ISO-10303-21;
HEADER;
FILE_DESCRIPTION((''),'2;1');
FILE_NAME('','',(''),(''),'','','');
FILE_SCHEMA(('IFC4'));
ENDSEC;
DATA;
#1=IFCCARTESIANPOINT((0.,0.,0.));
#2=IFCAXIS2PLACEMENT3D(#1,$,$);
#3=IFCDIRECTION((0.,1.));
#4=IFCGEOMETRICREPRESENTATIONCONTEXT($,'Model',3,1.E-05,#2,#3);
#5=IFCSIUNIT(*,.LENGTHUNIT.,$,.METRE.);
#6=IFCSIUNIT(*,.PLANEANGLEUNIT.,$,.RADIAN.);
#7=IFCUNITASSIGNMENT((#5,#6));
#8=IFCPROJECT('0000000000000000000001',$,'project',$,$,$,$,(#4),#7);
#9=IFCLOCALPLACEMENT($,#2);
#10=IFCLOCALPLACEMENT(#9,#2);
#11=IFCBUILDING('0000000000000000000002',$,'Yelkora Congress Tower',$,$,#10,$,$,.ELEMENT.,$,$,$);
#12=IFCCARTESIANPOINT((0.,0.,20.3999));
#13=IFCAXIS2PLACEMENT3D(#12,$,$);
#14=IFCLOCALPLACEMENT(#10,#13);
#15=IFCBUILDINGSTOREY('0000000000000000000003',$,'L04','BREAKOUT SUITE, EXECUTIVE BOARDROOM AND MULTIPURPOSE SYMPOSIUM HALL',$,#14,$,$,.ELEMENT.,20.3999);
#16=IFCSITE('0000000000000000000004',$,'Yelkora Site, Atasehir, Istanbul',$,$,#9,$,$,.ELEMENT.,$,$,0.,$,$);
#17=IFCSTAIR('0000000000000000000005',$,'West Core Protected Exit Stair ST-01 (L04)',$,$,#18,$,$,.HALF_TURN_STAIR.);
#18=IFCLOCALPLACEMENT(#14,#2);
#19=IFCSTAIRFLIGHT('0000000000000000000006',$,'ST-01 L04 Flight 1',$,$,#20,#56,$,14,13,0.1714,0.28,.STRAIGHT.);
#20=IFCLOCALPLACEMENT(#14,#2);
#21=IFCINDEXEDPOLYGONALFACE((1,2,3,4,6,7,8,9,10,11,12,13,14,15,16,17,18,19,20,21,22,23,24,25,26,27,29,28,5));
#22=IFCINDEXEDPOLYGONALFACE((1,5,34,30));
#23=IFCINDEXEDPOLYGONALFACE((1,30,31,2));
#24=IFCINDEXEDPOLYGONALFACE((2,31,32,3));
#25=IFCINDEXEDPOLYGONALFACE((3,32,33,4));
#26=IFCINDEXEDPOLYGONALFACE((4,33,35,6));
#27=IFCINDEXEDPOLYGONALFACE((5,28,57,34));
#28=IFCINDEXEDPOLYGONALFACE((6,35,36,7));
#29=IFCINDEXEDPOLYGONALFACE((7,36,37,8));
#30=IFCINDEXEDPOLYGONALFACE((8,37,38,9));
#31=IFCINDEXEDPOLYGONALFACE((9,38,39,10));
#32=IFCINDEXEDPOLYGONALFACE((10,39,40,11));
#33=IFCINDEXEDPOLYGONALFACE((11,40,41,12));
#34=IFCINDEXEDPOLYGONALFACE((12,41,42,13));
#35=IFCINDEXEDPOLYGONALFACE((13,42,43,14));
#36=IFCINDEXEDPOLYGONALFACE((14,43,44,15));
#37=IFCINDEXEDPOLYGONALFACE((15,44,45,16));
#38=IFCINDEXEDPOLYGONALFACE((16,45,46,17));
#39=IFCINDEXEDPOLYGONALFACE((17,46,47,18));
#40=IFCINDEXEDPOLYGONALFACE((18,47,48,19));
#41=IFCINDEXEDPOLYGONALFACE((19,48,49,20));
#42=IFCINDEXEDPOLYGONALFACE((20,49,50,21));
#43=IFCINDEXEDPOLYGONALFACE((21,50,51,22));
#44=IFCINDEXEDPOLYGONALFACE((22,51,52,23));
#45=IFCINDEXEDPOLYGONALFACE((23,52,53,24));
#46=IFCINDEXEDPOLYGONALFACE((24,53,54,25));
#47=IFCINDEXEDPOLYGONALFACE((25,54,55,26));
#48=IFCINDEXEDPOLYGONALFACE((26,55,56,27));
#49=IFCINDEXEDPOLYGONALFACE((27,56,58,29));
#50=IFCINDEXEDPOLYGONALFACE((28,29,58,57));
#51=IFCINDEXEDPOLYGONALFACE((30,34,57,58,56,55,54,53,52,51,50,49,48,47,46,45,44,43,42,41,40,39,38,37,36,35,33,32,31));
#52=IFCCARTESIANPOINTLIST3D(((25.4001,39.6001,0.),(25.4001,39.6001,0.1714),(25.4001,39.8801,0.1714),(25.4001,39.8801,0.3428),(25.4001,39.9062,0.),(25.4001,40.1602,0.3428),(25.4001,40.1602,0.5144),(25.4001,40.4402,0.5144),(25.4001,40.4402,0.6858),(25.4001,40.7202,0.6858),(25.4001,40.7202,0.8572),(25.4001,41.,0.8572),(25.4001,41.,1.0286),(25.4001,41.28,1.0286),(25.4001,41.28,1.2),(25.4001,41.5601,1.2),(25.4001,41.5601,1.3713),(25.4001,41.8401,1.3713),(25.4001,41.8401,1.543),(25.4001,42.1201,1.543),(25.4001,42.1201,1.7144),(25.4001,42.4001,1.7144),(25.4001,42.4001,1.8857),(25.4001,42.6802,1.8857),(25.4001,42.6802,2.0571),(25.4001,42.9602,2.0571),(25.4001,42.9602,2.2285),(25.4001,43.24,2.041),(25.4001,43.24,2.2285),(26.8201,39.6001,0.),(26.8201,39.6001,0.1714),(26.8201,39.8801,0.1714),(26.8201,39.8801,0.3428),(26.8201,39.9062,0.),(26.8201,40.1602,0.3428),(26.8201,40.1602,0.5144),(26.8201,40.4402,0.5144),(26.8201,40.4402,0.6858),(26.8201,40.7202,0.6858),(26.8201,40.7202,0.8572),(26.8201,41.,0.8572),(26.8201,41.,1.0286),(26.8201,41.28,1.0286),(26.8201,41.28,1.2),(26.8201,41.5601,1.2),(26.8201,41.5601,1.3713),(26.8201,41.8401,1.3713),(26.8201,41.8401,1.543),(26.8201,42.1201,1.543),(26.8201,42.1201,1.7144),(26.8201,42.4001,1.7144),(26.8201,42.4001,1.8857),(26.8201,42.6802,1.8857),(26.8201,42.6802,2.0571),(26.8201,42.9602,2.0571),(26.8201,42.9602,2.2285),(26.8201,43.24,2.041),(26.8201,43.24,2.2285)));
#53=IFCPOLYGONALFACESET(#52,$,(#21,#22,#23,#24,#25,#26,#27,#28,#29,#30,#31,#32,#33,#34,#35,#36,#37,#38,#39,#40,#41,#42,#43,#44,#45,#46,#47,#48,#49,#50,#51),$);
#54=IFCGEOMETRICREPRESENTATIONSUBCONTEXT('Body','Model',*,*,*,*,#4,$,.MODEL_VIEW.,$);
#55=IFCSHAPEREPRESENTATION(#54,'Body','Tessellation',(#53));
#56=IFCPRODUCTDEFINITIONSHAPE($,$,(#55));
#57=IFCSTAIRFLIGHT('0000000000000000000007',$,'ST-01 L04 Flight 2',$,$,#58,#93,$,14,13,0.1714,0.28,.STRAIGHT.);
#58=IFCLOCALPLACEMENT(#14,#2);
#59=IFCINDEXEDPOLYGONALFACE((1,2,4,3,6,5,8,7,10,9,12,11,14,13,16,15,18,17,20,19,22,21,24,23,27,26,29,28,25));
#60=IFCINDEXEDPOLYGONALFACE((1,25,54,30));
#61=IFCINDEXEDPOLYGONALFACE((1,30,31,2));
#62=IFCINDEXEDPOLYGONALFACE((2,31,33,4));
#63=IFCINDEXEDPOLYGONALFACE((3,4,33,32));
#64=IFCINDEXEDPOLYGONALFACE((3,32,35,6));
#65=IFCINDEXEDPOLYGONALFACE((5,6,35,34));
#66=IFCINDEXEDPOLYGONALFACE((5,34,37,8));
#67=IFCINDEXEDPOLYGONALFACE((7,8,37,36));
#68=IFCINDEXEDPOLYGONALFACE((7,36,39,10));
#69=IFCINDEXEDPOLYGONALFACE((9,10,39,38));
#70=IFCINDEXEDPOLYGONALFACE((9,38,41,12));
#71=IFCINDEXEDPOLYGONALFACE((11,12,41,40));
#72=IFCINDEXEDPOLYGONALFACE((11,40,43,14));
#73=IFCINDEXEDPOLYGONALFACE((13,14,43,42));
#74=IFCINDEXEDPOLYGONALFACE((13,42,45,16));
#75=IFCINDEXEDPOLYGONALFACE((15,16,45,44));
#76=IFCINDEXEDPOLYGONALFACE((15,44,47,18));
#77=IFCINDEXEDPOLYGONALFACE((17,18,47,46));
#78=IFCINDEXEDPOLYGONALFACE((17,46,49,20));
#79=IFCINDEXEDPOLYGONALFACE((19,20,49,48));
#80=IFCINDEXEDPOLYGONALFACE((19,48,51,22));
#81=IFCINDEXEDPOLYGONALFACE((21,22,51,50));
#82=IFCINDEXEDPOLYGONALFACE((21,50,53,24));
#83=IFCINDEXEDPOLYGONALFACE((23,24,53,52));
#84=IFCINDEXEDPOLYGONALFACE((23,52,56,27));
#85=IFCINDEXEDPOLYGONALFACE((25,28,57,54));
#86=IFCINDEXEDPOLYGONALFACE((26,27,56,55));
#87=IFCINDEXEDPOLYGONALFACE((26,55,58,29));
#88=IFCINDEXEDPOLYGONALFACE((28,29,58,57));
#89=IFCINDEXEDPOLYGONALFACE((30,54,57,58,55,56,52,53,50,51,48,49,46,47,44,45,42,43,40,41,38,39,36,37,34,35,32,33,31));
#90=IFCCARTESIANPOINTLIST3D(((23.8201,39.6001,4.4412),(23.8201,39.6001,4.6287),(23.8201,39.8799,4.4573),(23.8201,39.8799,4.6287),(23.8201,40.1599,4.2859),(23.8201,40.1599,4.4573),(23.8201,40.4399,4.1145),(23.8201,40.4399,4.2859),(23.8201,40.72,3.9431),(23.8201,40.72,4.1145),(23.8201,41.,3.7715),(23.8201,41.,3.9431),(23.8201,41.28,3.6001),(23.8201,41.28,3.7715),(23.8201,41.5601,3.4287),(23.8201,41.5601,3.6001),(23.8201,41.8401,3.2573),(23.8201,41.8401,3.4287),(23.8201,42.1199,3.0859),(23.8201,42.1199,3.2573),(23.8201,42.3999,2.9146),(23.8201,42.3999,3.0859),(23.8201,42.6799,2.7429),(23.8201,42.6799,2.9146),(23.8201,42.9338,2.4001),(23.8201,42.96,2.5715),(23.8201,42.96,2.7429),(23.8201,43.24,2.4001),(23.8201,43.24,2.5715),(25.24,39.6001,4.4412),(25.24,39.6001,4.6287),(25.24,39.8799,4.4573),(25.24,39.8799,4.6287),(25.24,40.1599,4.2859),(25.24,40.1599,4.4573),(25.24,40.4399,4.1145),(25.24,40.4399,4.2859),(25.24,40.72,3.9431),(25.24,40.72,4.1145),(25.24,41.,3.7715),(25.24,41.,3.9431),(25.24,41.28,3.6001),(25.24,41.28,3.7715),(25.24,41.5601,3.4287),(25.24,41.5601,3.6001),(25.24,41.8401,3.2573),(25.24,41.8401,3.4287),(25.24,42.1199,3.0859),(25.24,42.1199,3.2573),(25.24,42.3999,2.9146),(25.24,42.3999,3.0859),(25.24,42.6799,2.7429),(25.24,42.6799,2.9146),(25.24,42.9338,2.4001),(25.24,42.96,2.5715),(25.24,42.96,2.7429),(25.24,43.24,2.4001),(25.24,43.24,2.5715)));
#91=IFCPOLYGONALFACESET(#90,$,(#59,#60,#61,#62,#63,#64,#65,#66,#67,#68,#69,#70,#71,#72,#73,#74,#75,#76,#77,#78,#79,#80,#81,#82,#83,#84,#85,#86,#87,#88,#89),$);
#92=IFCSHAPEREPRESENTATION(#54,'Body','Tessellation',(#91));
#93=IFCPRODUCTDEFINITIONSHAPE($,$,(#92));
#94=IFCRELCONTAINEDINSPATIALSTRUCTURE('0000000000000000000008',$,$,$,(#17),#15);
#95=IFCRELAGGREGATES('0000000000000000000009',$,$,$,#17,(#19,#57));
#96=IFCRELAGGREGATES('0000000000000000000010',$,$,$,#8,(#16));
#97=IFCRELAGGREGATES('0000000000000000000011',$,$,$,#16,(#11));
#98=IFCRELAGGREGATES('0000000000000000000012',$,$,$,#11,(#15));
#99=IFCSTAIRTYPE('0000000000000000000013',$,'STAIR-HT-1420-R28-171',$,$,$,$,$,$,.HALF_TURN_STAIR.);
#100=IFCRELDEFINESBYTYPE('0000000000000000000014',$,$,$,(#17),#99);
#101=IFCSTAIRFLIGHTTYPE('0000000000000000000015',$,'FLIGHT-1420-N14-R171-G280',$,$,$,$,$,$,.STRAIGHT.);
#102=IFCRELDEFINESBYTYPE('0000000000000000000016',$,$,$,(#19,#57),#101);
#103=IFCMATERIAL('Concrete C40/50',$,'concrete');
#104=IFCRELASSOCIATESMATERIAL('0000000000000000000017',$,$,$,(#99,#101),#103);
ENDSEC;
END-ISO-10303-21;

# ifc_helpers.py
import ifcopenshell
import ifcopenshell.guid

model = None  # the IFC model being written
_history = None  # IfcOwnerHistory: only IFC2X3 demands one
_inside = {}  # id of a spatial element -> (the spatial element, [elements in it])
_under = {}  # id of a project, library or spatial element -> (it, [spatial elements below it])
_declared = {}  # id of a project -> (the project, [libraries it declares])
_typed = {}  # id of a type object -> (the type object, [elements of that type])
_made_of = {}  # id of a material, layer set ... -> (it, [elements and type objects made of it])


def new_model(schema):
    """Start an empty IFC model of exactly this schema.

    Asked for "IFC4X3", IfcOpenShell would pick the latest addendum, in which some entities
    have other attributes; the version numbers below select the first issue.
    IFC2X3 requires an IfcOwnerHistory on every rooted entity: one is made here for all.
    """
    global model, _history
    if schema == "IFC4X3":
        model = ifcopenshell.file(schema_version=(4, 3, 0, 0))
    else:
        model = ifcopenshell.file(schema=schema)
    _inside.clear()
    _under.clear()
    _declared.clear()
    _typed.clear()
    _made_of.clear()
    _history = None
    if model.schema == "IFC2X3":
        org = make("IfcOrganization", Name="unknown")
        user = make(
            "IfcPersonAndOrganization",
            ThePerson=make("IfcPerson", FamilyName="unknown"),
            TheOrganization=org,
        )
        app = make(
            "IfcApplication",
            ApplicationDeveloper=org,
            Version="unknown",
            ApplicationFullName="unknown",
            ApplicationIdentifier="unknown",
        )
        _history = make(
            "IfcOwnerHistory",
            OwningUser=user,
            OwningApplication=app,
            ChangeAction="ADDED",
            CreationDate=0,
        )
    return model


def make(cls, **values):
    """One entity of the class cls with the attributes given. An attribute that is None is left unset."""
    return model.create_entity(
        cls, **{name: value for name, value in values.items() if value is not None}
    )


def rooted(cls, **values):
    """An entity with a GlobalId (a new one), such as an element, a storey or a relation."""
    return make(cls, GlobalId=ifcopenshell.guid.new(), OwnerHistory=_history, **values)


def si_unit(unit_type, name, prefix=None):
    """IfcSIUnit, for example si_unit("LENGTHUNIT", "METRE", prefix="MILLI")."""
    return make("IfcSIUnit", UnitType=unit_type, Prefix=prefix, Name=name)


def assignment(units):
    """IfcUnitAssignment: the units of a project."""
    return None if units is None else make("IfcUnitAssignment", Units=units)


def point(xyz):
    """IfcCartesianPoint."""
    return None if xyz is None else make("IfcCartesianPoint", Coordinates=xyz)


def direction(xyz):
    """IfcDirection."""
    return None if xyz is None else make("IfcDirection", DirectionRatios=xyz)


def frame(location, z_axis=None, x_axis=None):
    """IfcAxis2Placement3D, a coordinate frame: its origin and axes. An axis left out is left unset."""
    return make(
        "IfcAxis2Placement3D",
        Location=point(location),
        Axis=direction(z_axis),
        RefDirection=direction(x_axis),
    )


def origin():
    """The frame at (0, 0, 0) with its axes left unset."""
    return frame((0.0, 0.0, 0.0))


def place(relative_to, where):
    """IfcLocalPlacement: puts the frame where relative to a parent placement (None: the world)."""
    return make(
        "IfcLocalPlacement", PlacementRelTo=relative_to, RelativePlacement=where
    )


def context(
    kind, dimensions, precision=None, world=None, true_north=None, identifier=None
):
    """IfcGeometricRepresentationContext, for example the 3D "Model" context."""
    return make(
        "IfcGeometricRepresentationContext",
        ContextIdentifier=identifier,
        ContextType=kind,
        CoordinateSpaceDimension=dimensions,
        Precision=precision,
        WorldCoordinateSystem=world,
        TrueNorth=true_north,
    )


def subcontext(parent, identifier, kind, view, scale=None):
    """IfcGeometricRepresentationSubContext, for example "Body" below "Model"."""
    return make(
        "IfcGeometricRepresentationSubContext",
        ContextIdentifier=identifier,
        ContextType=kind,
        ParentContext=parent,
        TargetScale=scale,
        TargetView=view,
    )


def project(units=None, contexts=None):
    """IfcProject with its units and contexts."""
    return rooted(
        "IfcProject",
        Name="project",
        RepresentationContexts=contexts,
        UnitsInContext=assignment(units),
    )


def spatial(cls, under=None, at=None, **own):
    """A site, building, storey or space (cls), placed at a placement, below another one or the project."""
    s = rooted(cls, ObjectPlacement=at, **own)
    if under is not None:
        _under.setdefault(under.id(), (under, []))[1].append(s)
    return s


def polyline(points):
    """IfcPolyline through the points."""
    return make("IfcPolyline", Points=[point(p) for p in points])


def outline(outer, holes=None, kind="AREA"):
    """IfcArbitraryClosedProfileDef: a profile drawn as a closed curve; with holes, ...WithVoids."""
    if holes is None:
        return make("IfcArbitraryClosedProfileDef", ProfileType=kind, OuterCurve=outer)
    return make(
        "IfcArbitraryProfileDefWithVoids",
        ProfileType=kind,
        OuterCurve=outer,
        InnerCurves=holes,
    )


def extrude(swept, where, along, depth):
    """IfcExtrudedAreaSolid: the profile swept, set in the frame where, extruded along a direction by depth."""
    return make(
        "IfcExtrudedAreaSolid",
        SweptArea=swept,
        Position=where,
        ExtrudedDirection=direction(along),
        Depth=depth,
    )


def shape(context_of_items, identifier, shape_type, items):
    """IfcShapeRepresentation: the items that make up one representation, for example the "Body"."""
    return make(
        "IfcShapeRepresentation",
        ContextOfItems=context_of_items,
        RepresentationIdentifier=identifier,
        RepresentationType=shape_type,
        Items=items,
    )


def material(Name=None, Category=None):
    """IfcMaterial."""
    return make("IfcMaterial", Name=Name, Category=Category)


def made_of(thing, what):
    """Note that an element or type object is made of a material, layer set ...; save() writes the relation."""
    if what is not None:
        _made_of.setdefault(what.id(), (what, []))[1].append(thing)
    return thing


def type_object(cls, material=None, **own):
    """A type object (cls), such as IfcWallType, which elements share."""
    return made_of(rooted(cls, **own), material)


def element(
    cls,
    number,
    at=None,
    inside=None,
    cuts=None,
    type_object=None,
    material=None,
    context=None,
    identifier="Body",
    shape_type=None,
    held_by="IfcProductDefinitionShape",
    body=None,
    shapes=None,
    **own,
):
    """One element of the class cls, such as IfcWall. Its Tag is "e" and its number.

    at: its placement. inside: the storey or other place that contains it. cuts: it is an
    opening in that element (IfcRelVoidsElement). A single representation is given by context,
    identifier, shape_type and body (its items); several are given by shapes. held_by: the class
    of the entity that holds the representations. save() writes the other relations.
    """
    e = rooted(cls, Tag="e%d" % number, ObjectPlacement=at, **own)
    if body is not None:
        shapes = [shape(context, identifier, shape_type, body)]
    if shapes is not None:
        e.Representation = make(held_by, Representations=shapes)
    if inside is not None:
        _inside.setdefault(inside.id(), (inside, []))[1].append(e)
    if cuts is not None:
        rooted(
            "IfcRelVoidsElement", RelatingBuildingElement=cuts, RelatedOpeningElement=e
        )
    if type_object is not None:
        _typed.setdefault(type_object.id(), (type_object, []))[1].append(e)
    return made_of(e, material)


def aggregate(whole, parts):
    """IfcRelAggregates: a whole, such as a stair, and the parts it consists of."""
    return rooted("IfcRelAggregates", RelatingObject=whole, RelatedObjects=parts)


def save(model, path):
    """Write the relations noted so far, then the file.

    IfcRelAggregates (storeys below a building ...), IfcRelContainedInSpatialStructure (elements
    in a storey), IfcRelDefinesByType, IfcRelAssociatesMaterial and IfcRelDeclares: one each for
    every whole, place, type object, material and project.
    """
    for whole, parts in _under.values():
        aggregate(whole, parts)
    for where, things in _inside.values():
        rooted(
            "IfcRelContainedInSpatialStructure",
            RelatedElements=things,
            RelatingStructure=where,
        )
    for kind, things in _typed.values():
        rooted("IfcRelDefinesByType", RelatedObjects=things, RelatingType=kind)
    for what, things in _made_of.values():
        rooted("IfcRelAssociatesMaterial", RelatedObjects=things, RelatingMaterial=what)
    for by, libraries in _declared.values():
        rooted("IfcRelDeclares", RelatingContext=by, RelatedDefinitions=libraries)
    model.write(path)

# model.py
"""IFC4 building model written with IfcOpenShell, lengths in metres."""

from ifc_helpers import new_model, si_unit, direction, frame, origin, place, context, subcontext, project, spatial, polyline, outline, extrude, material, type_object, element, aggregate, save


model = new_model("IFC4")

# Units and contexts
model_context = context("Model", 3, precision=1e-05, world=origin(), true_north=direction((0.0, 1.0)))
body_context = subcontext(model_context, "Body", "Model", "MODEL_VIEW")
ifc_project = project(units=[si_unit("LENGTHUNIT", "METRE"), si_unit("PLANEANGLEUNIT", "RADIAN")], contexts=[model_context])

# Site, building, storey
site_placement = place(None, origin())
site = spatial("IfcSite", under=ifc_project, at=site_placement, Name="Yelkora Site, Atasehir, Istanbul", CompositionType="ELEMENT", RefElevation=0.0)
building_placement = place(site_placement, origin())
building = spatial("IfcBuilding", under=site, at=building_placement, Name="Yelkora Congress Tower", CompositionType="ELEMENT")
storey_placement = place(building_placement, frame((0.0, 0.0, 20.3999)))
storey = spatial("IfcBuildingStorey", under=building, at=storey_placement, Name="L04", Description="BREAKOUT SUITE, EXECUTIVE BOARDROOM AND MULTIPURPOSE SYMPOSIUM HALL", CompositionType="ELEMENT", Elevation=20.3999)

# Stair, stair flights
ifc_material_1 = material(Name="Concrete C40/50", Category="concrete")
stair_type = type_object("IfcStairType", Name="STAIR-HT-1420-R28-171", PredefinedType="HALF_TURN_STAIR", material=ifc_material_1)
stair_placement = place(storey_placement, origin())
stair = element("IfcStair", 1, at=stair_placement, inside=storey, type_object=stair_type, Name="West Core Protected Exit Stair ST-01 (L04)", PredefinedType="HALF_TURN_STAIR")
stair_flight_type = type_object("IfcStairFlightType", Name="FLIGHT-1420-N14-R171-G280", PredefinedType="STRAIGHT", material=ifc_material_1)
stair_flight_1_placement = place(storey_placement, frame((26.1101, 39.6001, 0.0), z_axis=(0.0, 0.0, 1.0), x_axis=(0.0, 1.0, 0.0)))
stair_flight_1 = element("IfcStairFlight", 2, at=stair_flight_1_placement, type_object=stair_flight_type, Name="ST-01 L04 Flight 1", NumberOfRisers=14, NumberOfTreads=13, PredefinedType="STRAIGHT", RiserHeight=0.1714, TreadLength=0.28, context=body_context, shape_type="SweptSolid", body=[
    extrude(outline(polyline([(0.0, 0.0), (0.0, 0.1714), (0.28, 0.1714), (0.28, 0.3428), (0.5601, 0.3428), (0.5601, 0.5144), (0.8401, 0.5144), (0.8401, 0.6858), (1.1201, 0.6858), (1.1201, 0.8572), (1.3999, 0.8572), (1.3999, 1.0286), (1.6799, 1.0286), (1.6799, 1.2), (1.96, 1.2), (1.96, 1.3713), (2.24, 1.3713), (2.24, 1.543), (2.52, 1.543), (2.52, 1.7144), (2.8, 1.7144), (2.8, 1.8857), (3.0801, 1.8857), (3.0801, 2.0571), (3.3601, 2.0571), (3.3601, 2.2285), (3.6399, 2.2285), (3.6399, 2.3999), (3.6399, 2.041), (0.3062, 0.0), (0.0, 0.0)])), frame((0.0, 0.71, 0.0), z_axis=(0.0, -1.0, 0.0), x_axis=(1.0, 0.0, 0.0)), (0.0, 0.0, 1.0), 1.4199),
])
stair_flight_2_placement = place(storey_placement, frame((24.53, 43.24, 2.4001), z_axis=(0.0, 0.0, 1.0), x_axis=(0.0, -1.0, 0.0)))
stair_flight_2 = element("IfcStairFlight", 3, at=stair_flight_2_placement, type_object=stair_flight_type, Name="ST-01 L04 Flight 2", NumberOfRisers=14, NumberOfTreads=13, PredefinedType="STRAIGHT", RiserHeight=0.1714, TreadLength=0.28, context=body_context, shape_type="SweptSolid", body=[
    extrude(outline(polyline([(0.0, 0.0), (0.0, 0.1714), (0.28, 0.1714), (0.28, 0.3428), (0.5601, 0.3428), (0.5601, 0.5144), (0.8401, 0.5144), (0.8401, 0.6858), (1.1201, 0.6858), (1.1201, 0.8572), (1.3999, 0.8572), (1.3999, 1.0286), (1.6799, 1.0286), (1.6799, 1.2), (1.96, 1.2), (1.96, 1.3713), (2.24, 1.3713), (2.24, 1.543), (2.52, 1.543), (2.52, 1.7144), (2.8, 1.7144), (2.8, 1.8857), (3.0801, 1.8857), (3.0801, 2.0571), (3.3601, 2.0571), (3.3601, 2.2285), (3.6399, 2.2285), (3.6399, 2.3999), (3.6399, 2.041), (0.3062, 0.0), (0.0, 0.0)])), frame((0.0, 0.71, 0.0), z_axis=(0.0, -1.0, 0.0), x_axis=(1.0, 0.0, 0.0)), (0.0, 0.0, 1.0), 1.4199),
])
aggregate(stair, [stair_flight_1, stair_flight_2])

save(model, "model.ifc")
